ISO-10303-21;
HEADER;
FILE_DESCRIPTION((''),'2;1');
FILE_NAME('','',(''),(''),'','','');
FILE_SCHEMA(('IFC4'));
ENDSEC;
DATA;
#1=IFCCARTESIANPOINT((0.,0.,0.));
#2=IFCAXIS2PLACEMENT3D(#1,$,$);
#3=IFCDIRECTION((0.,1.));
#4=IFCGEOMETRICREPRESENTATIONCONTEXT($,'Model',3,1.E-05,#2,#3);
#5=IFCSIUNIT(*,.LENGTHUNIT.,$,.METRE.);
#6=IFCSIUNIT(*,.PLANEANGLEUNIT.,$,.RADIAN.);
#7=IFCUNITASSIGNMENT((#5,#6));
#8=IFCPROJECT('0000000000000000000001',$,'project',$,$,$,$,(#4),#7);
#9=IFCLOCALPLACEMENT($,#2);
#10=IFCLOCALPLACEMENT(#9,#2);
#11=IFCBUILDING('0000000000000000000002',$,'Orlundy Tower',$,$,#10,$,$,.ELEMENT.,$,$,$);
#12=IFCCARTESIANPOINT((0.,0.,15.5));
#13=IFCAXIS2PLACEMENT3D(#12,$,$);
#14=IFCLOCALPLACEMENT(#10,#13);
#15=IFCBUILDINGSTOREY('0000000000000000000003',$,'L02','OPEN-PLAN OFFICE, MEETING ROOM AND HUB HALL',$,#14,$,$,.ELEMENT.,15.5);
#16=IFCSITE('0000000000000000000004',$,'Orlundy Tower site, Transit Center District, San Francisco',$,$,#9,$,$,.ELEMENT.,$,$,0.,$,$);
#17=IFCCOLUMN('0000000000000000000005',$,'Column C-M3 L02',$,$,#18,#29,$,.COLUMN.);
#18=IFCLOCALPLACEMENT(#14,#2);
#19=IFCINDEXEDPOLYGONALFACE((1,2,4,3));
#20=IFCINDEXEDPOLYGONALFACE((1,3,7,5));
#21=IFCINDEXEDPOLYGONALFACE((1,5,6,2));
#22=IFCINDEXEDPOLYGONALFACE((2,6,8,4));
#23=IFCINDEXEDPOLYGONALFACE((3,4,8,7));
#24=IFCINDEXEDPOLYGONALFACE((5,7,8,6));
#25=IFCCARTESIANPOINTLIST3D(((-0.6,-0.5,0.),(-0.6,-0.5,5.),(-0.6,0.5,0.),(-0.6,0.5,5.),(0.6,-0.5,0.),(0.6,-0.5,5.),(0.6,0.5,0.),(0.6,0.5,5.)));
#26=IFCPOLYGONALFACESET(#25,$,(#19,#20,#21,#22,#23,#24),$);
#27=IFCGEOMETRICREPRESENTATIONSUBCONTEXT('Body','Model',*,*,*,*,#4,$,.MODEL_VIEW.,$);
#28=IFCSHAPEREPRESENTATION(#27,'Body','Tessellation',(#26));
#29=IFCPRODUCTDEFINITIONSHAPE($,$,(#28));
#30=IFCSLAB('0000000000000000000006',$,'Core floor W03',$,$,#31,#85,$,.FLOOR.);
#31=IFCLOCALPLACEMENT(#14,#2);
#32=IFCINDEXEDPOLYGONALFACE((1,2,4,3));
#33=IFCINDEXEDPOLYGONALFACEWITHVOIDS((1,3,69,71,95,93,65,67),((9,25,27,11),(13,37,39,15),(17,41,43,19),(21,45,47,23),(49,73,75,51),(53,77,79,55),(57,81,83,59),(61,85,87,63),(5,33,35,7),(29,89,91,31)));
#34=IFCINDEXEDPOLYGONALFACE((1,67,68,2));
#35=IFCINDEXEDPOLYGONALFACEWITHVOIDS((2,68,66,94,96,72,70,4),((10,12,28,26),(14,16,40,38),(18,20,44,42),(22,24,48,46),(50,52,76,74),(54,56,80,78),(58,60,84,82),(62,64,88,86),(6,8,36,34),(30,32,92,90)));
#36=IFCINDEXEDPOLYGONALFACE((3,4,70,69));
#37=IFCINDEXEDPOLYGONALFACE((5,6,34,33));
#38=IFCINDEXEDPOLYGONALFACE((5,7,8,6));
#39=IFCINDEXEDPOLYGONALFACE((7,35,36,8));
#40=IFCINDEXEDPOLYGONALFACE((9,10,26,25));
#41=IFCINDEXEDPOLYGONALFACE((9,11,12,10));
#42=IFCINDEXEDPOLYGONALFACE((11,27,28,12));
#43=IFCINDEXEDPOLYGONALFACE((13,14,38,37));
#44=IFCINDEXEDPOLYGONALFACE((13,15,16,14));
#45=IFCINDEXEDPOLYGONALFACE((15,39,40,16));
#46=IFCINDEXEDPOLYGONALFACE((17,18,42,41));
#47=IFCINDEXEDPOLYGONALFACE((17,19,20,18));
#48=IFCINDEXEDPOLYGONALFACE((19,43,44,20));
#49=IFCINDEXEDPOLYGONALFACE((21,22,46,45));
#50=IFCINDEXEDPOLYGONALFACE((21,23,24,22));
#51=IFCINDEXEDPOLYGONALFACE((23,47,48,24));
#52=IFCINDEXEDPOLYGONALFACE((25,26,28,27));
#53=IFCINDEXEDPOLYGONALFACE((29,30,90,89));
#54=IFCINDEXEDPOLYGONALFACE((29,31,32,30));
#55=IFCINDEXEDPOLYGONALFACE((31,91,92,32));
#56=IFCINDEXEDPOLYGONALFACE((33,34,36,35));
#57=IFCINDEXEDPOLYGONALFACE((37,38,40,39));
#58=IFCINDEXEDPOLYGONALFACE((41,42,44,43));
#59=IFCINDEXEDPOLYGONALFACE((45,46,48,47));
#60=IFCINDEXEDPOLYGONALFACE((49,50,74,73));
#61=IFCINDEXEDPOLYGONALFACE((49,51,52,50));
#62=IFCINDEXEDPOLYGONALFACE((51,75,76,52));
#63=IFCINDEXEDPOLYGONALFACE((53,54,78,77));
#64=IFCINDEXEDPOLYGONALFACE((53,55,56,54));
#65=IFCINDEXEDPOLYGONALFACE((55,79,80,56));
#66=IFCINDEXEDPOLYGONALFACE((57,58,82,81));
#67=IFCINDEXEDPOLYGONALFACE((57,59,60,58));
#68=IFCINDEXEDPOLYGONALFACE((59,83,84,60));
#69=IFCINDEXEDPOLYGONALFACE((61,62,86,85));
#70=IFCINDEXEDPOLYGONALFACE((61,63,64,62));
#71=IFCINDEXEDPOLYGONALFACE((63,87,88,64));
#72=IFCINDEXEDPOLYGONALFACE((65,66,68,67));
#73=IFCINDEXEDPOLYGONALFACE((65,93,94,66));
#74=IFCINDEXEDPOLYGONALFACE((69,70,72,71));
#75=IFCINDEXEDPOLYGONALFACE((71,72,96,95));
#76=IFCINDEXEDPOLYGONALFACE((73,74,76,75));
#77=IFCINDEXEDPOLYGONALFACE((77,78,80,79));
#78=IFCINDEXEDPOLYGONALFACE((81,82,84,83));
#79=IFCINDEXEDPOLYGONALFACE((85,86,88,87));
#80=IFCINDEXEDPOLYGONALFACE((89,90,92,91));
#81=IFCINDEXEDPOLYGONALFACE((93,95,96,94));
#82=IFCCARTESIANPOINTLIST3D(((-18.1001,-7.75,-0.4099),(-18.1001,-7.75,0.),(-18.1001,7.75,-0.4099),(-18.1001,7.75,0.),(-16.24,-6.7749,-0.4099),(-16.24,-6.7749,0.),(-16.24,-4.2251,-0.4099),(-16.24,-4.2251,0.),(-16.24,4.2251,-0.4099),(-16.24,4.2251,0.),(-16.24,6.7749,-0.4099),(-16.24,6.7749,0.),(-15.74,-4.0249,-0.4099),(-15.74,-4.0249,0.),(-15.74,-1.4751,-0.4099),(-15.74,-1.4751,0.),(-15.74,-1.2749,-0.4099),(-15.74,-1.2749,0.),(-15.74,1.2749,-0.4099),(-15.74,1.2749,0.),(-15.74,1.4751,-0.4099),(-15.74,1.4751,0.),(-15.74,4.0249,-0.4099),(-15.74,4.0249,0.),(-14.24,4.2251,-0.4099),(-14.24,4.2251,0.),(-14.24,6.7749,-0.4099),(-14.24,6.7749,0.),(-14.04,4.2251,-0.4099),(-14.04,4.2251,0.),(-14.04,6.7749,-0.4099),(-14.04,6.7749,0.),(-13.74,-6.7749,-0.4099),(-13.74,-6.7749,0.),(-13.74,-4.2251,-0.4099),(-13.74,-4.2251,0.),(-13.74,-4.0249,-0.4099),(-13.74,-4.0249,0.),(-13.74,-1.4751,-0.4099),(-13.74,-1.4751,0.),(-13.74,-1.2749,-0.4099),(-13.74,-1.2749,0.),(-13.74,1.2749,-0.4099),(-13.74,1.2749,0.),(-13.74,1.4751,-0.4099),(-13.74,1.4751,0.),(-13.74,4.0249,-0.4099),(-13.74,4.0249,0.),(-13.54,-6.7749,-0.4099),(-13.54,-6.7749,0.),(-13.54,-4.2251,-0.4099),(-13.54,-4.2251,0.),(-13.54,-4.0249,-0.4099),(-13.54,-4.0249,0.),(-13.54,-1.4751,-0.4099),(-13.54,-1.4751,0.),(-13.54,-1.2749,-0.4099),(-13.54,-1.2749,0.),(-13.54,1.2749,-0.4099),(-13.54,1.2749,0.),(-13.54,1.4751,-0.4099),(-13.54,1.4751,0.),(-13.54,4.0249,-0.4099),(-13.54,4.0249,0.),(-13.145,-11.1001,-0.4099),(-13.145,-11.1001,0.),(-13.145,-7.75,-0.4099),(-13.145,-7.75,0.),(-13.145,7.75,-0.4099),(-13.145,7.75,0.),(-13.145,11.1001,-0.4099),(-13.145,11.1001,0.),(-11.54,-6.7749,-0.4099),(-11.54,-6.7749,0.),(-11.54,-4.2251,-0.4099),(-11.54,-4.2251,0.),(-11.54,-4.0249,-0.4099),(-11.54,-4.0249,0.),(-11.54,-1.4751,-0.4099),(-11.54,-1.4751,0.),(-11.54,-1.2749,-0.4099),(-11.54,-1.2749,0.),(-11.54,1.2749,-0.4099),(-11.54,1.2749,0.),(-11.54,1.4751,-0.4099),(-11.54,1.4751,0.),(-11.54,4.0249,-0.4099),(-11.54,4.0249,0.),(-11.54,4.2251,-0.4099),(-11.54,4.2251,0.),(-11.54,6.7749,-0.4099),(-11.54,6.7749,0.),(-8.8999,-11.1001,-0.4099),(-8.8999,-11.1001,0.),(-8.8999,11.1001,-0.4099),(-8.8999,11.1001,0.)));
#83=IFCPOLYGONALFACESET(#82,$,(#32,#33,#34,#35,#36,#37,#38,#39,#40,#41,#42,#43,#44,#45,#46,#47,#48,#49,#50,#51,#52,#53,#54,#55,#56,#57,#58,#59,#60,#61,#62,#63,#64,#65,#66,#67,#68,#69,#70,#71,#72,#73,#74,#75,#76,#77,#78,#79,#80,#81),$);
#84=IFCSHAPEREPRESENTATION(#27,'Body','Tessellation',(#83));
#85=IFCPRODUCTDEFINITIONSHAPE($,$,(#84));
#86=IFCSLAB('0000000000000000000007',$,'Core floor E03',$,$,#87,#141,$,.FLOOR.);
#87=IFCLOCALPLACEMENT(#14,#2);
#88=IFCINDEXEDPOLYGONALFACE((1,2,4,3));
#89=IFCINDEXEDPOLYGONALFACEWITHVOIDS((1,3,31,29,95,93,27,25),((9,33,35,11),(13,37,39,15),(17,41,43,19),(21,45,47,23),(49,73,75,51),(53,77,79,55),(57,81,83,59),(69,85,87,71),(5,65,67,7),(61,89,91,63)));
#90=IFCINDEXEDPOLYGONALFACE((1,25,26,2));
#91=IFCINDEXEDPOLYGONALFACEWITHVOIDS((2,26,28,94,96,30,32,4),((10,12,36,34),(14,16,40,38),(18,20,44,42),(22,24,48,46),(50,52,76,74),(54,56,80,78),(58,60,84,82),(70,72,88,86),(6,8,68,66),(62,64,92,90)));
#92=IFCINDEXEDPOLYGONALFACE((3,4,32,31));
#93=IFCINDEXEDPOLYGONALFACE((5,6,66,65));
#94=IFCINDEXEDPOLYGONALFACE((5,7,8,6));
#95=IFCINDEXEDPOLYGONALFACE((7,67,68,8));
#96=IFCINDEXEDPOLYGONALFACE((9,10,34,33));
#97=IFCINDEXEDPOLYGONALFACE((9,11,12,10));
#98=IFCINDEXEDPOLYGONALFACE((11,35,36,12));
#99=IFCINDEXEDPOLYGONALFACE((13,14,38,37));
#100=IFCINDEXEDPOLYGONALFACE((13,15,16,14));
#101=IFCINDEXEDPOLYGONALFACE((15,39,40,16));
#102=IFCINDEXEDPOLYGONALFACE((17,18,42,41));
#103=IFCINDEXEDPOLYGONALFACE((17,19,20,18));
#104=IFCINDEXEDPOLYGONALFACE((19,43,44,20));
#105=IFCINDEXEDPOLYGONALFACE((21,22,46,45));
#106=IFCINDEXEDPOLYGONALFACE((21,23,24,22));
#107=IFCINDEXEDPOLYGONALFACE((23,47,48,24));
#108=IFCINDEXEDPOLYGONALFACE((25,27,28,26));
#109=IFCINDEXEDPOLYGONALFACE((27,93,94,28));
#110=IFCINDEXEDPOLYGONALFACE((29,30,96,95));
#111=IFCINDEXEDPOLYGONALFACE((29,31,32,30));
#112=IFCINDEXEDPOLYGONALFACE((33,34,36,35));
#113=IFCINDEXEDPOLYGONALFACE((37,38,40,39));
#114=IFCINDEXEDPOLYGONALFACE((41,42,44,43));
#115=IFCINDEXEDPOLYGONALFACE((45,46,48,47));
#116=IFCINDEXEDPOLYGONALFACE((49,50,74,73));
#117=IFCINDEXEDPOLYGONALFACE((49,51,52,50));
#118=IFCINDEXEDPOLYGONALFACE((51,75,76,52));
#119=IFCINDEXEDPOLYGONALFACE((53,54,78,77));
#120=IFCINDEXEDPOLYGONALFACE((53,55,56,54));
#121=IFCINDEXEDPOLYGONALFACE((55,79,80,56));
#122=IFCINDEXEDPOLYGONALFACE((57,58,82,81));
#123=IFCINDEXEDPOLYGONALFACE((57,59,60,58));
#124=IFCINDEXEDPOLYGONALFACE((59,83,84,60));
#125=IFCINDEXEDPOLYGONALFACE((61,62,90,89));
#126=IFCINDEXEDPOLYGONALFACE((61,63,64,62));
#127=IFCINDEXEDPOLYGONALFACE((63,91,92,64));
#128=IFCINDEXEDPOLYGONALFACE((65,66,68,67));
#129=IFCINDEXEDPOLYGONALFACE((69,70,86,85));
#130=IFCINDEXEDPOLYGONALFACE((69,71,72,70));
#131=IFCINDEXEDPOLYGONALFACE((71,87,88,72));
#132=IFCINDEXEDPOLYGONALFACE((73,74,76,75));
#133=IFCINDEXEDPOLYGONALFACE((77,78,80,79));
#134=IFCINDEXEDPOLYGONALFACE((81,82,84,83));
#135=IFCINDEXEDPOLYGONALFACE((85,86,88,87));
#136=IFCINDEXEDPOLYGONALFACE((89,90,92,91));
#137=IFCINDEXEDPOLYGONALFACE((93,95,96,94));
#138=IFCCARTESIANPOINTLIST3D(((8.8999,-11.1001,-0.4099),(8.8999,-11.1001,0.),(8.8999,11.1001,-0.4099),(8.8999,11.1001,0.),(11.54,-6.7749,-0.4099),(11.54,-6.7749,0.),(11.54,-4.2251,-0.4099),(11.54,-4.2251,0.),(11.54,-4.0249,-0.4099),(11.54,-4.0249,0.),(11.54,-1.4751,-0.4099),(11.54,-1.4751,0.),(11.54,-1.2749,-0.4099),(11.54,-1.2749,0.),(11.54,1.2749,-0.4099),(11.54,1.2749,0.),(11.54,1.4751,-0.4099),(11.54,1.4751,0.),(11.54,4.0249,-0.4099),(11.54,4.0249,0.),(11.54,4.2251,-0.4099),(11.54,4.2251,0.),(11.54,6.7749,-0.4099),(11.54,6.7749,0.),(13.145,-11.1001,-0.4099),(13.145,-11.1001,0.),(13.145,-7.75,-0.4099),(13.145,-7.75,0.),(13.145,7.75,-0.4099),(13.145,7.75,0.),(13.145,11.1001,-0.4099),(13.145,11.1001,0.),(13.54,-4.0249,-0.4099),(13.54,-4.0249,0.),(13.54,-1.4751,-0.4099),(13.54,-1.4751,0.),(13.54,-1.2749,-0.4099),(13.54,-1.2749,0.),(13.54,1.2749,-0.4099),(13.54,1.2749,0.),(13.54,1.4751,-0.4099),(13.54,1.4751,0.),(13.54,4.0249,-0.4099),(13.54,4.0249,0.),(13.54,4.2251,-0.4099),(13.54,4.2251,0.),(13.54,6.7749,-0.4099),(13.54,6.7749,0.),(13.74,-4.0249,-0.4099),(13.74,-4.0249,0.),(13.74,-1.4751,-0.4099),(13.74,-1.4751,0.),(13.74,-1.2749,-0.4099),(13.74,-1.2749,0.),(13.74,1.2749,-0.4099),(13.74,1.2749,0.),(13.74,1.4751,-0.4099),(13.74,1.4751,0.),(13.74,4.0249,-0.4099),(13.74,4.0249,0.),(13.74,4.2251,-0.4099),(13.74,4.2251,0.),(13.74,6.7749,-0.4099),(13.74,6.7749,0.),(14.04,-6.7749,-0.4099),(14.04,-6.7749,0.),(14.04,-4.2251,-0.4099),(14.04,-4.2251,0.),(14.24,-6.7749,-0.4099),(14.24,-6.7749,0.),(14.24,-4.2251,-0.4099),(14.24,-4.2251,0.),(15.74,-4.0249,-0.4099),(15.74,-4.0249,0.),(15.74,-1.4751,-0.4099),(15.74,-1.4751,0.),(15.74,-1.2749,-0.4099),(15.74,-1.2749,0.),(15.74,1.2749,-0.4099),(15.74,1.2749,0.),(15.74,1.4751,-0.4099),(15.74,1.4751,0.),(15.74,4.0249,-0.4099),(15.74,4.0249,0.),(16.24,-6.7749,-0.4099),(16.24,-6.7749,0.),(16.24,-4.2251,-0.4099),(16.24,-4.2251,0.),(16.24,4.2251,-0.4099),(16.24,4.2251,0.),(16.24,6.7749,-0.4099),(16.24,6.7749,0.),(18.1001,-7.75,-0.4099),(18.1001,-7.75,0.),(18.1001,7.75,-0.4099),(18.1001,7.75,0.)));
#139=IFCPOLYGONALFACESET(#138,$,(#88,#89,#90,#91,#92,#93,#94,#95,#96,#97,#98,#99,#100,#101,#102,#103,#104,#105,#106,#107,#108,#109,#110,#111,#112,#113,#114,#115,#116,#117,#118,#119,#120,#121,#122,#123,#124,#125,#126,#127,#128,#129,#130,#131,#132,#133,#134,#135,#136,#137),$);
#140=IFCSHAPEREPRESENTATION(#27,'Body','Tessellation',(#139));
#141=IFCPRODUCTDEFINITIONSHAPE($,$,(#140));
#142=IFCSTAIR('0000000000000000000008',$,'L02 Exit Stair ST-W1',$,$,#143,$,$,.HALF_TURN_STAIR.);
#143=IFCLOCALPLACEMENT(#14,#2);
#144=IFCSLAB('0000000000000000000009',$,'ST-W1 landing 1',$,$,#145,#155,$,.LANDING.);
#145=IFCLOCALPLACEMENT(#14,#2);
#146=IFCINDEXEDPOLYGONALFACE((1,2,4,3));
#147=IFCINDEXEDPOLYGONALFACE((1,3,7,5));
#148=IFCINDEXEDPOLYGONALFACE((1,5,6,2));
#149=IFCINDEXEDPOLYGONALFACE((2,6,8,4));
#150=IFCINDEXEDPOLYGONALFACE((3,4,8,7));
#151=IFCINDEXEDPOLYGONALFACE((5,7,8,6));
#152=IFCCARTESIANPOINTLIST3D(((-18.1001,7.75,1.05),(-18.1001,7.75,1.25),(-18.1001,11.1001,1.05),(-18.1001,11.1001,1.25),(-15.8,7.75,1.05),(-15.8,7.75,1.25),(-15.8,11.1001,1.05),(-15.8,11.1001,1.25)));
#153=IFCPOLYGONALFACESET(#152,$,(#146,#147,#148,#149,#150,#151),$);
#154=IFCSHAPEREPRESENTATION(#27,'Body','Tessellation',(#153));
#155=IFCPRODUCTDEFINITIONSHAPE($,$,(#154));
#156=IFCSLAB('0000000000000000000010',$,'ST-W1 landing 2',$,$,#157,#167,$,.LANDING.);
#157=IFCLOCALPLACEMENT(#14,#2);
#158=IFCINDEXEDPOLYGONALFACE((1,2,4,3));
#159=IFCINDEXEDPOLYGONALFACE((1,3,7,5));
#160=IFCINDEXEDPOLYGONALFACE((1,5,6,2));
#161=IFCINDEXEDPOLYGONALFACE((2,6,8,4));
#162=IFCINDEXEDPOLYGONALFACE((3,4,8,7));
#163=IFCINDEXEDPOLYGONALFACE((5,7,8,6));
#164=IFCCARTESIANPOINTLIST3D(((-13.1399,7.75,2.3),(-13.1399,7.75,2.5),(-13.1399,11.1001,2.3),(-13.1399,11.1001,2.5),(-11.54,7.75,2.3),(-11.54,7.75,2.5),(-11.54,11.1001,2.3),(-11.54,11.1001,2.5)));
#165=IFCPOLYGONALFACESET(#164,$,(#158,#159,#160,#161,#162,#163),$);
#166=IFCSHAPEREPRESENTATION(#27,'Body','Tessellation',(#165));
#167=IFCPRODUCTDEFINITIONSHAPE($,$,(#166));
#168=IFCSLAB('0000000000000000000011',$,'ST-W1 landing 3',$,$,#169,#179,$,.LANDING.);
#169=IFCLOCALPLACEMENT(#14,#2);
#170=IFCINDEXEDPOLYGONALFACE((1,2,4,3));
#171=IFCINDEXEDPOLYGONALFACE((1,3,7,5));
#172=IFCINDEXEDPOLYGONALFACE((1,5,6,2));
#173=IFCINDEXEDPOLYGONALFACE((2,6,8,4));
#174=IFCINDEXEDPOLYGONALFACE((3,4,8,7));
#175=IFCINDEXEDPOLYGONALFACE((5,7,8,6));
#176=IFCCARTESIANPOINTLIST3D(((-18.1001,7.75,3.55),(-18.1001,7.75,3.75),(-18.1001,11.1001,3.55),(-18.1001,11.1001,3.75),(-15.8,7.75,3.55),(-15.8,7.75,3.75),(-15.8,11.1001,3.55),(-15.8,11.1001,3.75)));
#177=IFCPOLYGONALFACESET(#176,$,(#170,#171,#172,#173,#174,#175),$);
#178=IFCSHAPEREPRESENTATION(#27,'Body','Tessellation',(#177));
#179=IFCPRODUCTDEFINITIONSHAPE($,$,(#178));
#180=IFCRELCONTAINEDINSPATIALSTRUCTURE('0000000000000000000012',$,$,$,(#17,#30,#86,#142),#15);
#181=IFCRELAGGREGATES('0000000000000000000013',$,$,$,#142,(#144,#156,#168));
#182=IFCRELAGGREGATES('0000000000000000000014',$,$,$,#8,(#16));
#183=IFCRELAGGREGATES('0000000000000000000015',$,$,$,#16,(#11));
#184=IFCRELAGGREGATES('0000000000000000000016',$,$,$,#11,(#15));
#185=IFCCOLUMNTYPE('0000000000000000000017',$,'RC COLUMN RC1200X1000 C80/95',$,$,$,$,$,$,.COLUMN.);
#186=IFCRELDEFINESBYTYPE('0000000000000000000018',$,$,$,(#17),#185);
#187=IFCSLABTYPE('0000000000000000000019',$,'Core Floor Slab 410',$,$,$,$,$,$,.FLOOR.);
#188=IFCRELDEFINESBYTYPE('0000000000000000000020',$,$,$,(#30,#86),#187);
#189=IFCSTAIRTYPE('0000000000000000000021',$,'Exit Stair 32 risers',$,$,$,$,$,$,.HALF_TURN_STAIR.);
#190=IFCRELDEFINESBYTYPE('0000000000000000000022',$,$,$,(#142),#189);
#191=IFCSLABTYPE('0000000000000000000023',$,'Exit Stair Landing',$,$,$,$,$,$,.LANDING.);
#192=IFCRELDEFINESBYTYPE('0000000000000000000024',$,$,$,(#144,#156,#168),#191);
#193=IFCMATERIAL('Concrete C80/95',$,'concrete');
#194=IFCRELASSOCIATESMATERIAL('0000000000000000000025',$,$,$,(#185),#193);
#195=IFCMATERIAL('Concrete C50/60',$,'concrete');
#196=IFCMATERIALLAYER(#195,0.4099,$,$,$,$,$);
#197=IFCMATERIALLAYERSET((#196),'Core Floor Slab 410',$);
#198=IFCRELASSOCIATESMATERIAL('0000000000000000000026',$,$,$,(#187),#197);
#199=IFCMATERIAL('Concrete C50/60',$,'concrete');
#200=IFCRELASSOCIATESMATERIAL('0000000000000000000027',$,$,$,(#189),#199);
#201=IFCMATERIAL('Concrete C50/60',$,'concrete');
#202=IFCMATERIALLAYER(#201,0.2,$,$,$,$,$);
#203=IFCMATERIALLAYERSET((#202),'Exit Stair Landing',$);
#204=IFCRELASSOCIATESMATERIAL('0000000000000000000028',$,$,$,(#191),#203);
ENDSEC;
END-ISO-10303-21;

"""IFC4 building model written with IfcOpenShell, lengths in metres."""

from ifc_helpers import new_model, si_unit, direction, frame, origin, origin_with_axes, origin_2d, place, context, subcontext, project, spatial, polyline, rectangle, outline, extrude, material, layer, layer_set, material_profile, profile_set, type_object, element, aggregate, save


model = new_model("IFC4")

# Units and contexts
model_context = context("Model", 3, precision=1e-05, world=origin(), true_north=direction((0.0, 1.0)))
body_context = subcontext(model_context, "Body", "Model", "MODEL_VIEW")
ifc_project = project(units=[si_unit("LENGTHUNIT", "METRE"), si_unit("PLANEANGLEUNIT", "RADIAN")], contexts=[model_context])

# Site, building, storey
site_placement = place(None, origin())
site = spatial("IfcSite", under=ifc_project, at=site_placement, Name="Orlundy Tower site, Transit Center District, San Francisco", CompositionType="ELEMENT", RefElevation=0.0)
building_placement = place(site_placement, origin())
building = spatial("IfcBuilding", under=site, at=building_placement, Name="Orlundy Tower", CompositionType="ELEMENT")
storey_placement = place(building_placement, frame((0.0, 0.0, 15.5)))
storey = spatial("IfcBuildingStorey", under=building, at=storey_placement, Name="L02", Description="OPEN-PLAN OFFICE, MEETING ROOM AND HUB HALL", CompositionType="ELEMENT", Elevation=15.5)

# Column
ifc_material_1 = material(Name="Concrete C80/95", Category="concrete")
ifc_material_profile = material_profile(ifc_material_1, rectangle(XDim=1.2, YDim=1.0, at=origin_2d()), Name="RC1200X1000")
ifc_profile_set = profile_set([ifc_material_profile], Name="Concrete C80/95")
column_type = type_object("IfcColumnType", Name="RC COLUMN RC1200X1000 C80/95", PredefinedType="COLUMN", material=ifc_profile_set)
column_placement = place(storey_placement, origin_with_axes())
element("IfcColumn", 1, at=column_placement, inside=storey, type_object=column_type, Name="Column C-M3 L02", PredefinedType="COLUMN", context=body_context, shape_type="SweptSolid", body=[
    extrude(rectangle(XDim=1.2, YDim=1.0, at=origin_2d()), origin(), (0.0, 0.0, 1.0), 5.0),
])

# Slabs
ifc_material_2 = material(Name="Concrete C50/60", Category="concrete")
ifc_layer_1 = layer(ifc_material_2, 0.4099)
ifc_layer_set_1 = layer_set([ifc_layer_1], Name="Core Floor Slab 410")
slab_type_1 = type_object("IfcSlabType", Name="Core Floor Slab 410", PredefinedType="FLOOR", material=ifc_layer_set_1)
slab_1_placement = place(storey_placement, frame((0.0, 0.0, -0.4099)))
element("IfcSlab", 2, at=slab_1_placement, inside=storey, type_object=slab_type_1, Name="Core floor W03", PredefinedType="FLOOR", context=body_context, shape_type="SweptSolid", body=[
    extrude(outline(polyline([(-8.8999, -11.1001), (-13.145, -11.1001), (-13.145, -7.75), (-18.1001, -7.75), (-18.1001, 7.75), (-13.145, 7.75), (-13.145, 11.1001), (-8.8999, 11.1001), (-8.8999, -11.1001)]), holes=[polyline([(-11.54, -6.7749), (-11.54, -4.2251), (-13.54, -4.2251), (-13.54, -6.7749), (-11.54, -6.7749)]), polyline([(-16.24, -6.7749), (-13.74, -6.7749), (-13.74, -4.2251), (-16.24, -4.2251), (-16.24, -6.7749)]), polyline([(-13.54, -1.4751), (-13.54, -4.0249), (-11.54, -4.0249), (-11.54, -1.4751), (-13.54, -1.4751)]), polyline([(-13.74, -1.4751), (-15.74, -1.4751), (-15.74, -4.0249), (-13.74, -4.0249), (-13.74, -1.4751)]), polyline([(-11.54, -1.2749), (-11.54, 1.2749), (-13.54, 1.2749), (-13.54, -1.2749), (-11.54, -1.2749)]), polyline([(-15.74, -1.2749), (-13.74, -1.2749), (-13.74, 1.2749), (-15.74, 1.2749), (-15.74, -1.2749)]), polyline([(-13.54, 4.0249), (-13.54, 1.4751), (-11.54, 1.4751), (-11.54, 4.0249), (-13.54, 4.0249)]), polyline([(-13.74, 4.0249), (-15.74, 4.0249), (-15.74, 1.4751), (-13.74, 1.4751), (-13.74, 4.0249)]), polyline([(-11.54, 4.2251), (-11.54, 6.7749), (-14.04, 6.7749), (-14.04, 4.2251), (-11.54, 4.2251)]), polyline([(-16.24, 4.2251), (-14.24, 4.2251), (-14.24, 6.7749), (-16.24, 6.7749), (-16.24, 4.2251)])]), origin(), (0.0, 0.0, 1.0), 0.4099),
])
slab_2_placement = place(storey_placement, frame((0.0, 0.0, -0.4099)))
element("IfcSlab", 3, at=slab_2_placement, inside=storey, type_object=slab_type_1, Name="Core floor E03", PredefinedType="FLOOR", context=body_context, shape_type="SweptSolid", body=[
    extrude(outline(polyline([(8.8999, 11.1001), (13.145, 11.1001), (13.145, 7.75), (18.1001, 7.75), (18.1001, -7.75), (13.145, -7.75), (13.145, -11.1001), (8.8999, -11.1001), (8.8999, 11.1001)]), holes=[polyline([(11.54, 6.7749), (11.54, 4.2251), (13.54, 4.2251), (13.54, 6.7749), (11.54, 6.7749)]), polyline([(16.24, 6.7749), (13.74, 6.7749), (13.74, 4.2251), (16.24, 4.2251), (16.24, 6.7749)]), polyline([(13.54, 1.4751), (13.54, 4.0249), (11.54, 4.0249), (11.54, 1.4751), (13.54, 1.4751)]), polyline([(13.74, 1.4751), (15.74, 1.4751), (15.74, 4.0249), (13.74, 4.0249), (13.74, 1.4751)]), polyline([(11.54, 1.2749), (11.54, -1.2749), (13.54, -1.2749), (13.54, 1.2749), (11.54, 1.2749)]), polyline([(15.74, 1.2749), (13.74, 1.2749), (13.74, -1.2749), (15.74, -1.2749), (15.74, 1.2749)]), polyline([(13.54, -4.0249), (13.54, -1.4751), (11.54, -1.4751), (11.54, -4.0249), (13.54, -4.0249)]), polyline([(13.74, -4.0249), (15.74, -4.0249), (15.74, -1.4751), (13.74, -1.4751), (13.74, -4.0249)]), polyline([(11.54, -4.2251), (11.54, -6.7749), (14.04, -6.7749), (14.04, -4.2251), (11.54, -4.2251)]), polyline([(16.24, -4.2251), (14.24, -4.2251), (14.24, -6.7749), (16.24, -6.7749), (16.24, -4.2251)])]), origin(), (0.0, 0.0, 1.0), 0.4099),
])

# Stair, slabs
ifc_material_3 = material(Name="Concrete C50/60", Category="concrete")
stair_type = type_object("IfcStairType", Name="Exit Stair 32 risers", PredefinedType="HALF_TURN_STAIR", material=ifc_material_3)
stair_1_placement = place(storey_placement, origin())
stair_1 = element("IfcStair", 4, at=stair_1_placement, inside=storey, type_object=stair_type, Name="L02 Exit Stair ST-W1", PredefinedType="HALF_TURN_STAIR")
ifc_material_4 = material(Name="Concrete C50/60", Category="concrete")
ifc_layer_2 = layer(ifc_material_4, 0.2)
ifc_layer_set_2 = layer_set([ifc_layer_2], Name="Exit Stair Landing")
slab_type_2 = type_object("IfcSlabType", Name="Exit Stair Landing", PredefinedType="LANDING", material=ifc_layer_set_2)
slab_3_placement = place(storey_placement, frame((0.0, 0.0, 1.05)))
slab_3 = element("IfcSlab", 5, at=slab_3_placement, type_object=slab_type_2, Name="ST-W1 landing 1", PredefinedType="LANDING", context=body_context, shape_type="SweptSolid", body=[
    extrude(outline(polyline([(-15.8, 11.1001), (-18.1001, 11.1001), (-18.1001, 7.75), (-15.8, 7.75), (-15.8, 11.1001)])), origin(), (0.0, 0.0, 1.0), 0.2),
])
slab_4_placement = place(storey_placement, frame((0.0, 0.0, 2.3)))
slab_4 = element("IfcSlab", 6, at=slab_4_placement, type_object=slab_type_2, Name="ST-W1 landing 2", PredefinedType="LANDING", context=body_context, shape_type="SweptSolid", body=[
    extrude(outline(polyline([(-11.54, 11.1001), (-13.1399, 11.1001), (-13.1399, 7.75), (-11.54, 7.75), (-11.54, 11.1001)])), origin(), (0.0, 0.0, 1.0), 0.2),
])
slab_5_placement = place(storey_placement, frame((0.0, 0.0, 3.55)))
slab_5 = element("IfcSlab", 7, at=slab_5_placement, type_object=slab_type_2, Name="ST-W1 landing 3", PredefinedType="LANDING", context=body_context, shape_type="SweptSolid", body=[
    extrude(outline(polyline([(-15.8, 11.1001), (-18.1001, 11.1001), (-18.1001, 7.75), (-15.8, 7.75), (-15.8, 11.1001)])), origin(), (0.0, 0.0, 1.0), 0.2),
])
aggregate(stair_1, [slab_3, slab_4, slab_5])

save(model, "model.ifc")
